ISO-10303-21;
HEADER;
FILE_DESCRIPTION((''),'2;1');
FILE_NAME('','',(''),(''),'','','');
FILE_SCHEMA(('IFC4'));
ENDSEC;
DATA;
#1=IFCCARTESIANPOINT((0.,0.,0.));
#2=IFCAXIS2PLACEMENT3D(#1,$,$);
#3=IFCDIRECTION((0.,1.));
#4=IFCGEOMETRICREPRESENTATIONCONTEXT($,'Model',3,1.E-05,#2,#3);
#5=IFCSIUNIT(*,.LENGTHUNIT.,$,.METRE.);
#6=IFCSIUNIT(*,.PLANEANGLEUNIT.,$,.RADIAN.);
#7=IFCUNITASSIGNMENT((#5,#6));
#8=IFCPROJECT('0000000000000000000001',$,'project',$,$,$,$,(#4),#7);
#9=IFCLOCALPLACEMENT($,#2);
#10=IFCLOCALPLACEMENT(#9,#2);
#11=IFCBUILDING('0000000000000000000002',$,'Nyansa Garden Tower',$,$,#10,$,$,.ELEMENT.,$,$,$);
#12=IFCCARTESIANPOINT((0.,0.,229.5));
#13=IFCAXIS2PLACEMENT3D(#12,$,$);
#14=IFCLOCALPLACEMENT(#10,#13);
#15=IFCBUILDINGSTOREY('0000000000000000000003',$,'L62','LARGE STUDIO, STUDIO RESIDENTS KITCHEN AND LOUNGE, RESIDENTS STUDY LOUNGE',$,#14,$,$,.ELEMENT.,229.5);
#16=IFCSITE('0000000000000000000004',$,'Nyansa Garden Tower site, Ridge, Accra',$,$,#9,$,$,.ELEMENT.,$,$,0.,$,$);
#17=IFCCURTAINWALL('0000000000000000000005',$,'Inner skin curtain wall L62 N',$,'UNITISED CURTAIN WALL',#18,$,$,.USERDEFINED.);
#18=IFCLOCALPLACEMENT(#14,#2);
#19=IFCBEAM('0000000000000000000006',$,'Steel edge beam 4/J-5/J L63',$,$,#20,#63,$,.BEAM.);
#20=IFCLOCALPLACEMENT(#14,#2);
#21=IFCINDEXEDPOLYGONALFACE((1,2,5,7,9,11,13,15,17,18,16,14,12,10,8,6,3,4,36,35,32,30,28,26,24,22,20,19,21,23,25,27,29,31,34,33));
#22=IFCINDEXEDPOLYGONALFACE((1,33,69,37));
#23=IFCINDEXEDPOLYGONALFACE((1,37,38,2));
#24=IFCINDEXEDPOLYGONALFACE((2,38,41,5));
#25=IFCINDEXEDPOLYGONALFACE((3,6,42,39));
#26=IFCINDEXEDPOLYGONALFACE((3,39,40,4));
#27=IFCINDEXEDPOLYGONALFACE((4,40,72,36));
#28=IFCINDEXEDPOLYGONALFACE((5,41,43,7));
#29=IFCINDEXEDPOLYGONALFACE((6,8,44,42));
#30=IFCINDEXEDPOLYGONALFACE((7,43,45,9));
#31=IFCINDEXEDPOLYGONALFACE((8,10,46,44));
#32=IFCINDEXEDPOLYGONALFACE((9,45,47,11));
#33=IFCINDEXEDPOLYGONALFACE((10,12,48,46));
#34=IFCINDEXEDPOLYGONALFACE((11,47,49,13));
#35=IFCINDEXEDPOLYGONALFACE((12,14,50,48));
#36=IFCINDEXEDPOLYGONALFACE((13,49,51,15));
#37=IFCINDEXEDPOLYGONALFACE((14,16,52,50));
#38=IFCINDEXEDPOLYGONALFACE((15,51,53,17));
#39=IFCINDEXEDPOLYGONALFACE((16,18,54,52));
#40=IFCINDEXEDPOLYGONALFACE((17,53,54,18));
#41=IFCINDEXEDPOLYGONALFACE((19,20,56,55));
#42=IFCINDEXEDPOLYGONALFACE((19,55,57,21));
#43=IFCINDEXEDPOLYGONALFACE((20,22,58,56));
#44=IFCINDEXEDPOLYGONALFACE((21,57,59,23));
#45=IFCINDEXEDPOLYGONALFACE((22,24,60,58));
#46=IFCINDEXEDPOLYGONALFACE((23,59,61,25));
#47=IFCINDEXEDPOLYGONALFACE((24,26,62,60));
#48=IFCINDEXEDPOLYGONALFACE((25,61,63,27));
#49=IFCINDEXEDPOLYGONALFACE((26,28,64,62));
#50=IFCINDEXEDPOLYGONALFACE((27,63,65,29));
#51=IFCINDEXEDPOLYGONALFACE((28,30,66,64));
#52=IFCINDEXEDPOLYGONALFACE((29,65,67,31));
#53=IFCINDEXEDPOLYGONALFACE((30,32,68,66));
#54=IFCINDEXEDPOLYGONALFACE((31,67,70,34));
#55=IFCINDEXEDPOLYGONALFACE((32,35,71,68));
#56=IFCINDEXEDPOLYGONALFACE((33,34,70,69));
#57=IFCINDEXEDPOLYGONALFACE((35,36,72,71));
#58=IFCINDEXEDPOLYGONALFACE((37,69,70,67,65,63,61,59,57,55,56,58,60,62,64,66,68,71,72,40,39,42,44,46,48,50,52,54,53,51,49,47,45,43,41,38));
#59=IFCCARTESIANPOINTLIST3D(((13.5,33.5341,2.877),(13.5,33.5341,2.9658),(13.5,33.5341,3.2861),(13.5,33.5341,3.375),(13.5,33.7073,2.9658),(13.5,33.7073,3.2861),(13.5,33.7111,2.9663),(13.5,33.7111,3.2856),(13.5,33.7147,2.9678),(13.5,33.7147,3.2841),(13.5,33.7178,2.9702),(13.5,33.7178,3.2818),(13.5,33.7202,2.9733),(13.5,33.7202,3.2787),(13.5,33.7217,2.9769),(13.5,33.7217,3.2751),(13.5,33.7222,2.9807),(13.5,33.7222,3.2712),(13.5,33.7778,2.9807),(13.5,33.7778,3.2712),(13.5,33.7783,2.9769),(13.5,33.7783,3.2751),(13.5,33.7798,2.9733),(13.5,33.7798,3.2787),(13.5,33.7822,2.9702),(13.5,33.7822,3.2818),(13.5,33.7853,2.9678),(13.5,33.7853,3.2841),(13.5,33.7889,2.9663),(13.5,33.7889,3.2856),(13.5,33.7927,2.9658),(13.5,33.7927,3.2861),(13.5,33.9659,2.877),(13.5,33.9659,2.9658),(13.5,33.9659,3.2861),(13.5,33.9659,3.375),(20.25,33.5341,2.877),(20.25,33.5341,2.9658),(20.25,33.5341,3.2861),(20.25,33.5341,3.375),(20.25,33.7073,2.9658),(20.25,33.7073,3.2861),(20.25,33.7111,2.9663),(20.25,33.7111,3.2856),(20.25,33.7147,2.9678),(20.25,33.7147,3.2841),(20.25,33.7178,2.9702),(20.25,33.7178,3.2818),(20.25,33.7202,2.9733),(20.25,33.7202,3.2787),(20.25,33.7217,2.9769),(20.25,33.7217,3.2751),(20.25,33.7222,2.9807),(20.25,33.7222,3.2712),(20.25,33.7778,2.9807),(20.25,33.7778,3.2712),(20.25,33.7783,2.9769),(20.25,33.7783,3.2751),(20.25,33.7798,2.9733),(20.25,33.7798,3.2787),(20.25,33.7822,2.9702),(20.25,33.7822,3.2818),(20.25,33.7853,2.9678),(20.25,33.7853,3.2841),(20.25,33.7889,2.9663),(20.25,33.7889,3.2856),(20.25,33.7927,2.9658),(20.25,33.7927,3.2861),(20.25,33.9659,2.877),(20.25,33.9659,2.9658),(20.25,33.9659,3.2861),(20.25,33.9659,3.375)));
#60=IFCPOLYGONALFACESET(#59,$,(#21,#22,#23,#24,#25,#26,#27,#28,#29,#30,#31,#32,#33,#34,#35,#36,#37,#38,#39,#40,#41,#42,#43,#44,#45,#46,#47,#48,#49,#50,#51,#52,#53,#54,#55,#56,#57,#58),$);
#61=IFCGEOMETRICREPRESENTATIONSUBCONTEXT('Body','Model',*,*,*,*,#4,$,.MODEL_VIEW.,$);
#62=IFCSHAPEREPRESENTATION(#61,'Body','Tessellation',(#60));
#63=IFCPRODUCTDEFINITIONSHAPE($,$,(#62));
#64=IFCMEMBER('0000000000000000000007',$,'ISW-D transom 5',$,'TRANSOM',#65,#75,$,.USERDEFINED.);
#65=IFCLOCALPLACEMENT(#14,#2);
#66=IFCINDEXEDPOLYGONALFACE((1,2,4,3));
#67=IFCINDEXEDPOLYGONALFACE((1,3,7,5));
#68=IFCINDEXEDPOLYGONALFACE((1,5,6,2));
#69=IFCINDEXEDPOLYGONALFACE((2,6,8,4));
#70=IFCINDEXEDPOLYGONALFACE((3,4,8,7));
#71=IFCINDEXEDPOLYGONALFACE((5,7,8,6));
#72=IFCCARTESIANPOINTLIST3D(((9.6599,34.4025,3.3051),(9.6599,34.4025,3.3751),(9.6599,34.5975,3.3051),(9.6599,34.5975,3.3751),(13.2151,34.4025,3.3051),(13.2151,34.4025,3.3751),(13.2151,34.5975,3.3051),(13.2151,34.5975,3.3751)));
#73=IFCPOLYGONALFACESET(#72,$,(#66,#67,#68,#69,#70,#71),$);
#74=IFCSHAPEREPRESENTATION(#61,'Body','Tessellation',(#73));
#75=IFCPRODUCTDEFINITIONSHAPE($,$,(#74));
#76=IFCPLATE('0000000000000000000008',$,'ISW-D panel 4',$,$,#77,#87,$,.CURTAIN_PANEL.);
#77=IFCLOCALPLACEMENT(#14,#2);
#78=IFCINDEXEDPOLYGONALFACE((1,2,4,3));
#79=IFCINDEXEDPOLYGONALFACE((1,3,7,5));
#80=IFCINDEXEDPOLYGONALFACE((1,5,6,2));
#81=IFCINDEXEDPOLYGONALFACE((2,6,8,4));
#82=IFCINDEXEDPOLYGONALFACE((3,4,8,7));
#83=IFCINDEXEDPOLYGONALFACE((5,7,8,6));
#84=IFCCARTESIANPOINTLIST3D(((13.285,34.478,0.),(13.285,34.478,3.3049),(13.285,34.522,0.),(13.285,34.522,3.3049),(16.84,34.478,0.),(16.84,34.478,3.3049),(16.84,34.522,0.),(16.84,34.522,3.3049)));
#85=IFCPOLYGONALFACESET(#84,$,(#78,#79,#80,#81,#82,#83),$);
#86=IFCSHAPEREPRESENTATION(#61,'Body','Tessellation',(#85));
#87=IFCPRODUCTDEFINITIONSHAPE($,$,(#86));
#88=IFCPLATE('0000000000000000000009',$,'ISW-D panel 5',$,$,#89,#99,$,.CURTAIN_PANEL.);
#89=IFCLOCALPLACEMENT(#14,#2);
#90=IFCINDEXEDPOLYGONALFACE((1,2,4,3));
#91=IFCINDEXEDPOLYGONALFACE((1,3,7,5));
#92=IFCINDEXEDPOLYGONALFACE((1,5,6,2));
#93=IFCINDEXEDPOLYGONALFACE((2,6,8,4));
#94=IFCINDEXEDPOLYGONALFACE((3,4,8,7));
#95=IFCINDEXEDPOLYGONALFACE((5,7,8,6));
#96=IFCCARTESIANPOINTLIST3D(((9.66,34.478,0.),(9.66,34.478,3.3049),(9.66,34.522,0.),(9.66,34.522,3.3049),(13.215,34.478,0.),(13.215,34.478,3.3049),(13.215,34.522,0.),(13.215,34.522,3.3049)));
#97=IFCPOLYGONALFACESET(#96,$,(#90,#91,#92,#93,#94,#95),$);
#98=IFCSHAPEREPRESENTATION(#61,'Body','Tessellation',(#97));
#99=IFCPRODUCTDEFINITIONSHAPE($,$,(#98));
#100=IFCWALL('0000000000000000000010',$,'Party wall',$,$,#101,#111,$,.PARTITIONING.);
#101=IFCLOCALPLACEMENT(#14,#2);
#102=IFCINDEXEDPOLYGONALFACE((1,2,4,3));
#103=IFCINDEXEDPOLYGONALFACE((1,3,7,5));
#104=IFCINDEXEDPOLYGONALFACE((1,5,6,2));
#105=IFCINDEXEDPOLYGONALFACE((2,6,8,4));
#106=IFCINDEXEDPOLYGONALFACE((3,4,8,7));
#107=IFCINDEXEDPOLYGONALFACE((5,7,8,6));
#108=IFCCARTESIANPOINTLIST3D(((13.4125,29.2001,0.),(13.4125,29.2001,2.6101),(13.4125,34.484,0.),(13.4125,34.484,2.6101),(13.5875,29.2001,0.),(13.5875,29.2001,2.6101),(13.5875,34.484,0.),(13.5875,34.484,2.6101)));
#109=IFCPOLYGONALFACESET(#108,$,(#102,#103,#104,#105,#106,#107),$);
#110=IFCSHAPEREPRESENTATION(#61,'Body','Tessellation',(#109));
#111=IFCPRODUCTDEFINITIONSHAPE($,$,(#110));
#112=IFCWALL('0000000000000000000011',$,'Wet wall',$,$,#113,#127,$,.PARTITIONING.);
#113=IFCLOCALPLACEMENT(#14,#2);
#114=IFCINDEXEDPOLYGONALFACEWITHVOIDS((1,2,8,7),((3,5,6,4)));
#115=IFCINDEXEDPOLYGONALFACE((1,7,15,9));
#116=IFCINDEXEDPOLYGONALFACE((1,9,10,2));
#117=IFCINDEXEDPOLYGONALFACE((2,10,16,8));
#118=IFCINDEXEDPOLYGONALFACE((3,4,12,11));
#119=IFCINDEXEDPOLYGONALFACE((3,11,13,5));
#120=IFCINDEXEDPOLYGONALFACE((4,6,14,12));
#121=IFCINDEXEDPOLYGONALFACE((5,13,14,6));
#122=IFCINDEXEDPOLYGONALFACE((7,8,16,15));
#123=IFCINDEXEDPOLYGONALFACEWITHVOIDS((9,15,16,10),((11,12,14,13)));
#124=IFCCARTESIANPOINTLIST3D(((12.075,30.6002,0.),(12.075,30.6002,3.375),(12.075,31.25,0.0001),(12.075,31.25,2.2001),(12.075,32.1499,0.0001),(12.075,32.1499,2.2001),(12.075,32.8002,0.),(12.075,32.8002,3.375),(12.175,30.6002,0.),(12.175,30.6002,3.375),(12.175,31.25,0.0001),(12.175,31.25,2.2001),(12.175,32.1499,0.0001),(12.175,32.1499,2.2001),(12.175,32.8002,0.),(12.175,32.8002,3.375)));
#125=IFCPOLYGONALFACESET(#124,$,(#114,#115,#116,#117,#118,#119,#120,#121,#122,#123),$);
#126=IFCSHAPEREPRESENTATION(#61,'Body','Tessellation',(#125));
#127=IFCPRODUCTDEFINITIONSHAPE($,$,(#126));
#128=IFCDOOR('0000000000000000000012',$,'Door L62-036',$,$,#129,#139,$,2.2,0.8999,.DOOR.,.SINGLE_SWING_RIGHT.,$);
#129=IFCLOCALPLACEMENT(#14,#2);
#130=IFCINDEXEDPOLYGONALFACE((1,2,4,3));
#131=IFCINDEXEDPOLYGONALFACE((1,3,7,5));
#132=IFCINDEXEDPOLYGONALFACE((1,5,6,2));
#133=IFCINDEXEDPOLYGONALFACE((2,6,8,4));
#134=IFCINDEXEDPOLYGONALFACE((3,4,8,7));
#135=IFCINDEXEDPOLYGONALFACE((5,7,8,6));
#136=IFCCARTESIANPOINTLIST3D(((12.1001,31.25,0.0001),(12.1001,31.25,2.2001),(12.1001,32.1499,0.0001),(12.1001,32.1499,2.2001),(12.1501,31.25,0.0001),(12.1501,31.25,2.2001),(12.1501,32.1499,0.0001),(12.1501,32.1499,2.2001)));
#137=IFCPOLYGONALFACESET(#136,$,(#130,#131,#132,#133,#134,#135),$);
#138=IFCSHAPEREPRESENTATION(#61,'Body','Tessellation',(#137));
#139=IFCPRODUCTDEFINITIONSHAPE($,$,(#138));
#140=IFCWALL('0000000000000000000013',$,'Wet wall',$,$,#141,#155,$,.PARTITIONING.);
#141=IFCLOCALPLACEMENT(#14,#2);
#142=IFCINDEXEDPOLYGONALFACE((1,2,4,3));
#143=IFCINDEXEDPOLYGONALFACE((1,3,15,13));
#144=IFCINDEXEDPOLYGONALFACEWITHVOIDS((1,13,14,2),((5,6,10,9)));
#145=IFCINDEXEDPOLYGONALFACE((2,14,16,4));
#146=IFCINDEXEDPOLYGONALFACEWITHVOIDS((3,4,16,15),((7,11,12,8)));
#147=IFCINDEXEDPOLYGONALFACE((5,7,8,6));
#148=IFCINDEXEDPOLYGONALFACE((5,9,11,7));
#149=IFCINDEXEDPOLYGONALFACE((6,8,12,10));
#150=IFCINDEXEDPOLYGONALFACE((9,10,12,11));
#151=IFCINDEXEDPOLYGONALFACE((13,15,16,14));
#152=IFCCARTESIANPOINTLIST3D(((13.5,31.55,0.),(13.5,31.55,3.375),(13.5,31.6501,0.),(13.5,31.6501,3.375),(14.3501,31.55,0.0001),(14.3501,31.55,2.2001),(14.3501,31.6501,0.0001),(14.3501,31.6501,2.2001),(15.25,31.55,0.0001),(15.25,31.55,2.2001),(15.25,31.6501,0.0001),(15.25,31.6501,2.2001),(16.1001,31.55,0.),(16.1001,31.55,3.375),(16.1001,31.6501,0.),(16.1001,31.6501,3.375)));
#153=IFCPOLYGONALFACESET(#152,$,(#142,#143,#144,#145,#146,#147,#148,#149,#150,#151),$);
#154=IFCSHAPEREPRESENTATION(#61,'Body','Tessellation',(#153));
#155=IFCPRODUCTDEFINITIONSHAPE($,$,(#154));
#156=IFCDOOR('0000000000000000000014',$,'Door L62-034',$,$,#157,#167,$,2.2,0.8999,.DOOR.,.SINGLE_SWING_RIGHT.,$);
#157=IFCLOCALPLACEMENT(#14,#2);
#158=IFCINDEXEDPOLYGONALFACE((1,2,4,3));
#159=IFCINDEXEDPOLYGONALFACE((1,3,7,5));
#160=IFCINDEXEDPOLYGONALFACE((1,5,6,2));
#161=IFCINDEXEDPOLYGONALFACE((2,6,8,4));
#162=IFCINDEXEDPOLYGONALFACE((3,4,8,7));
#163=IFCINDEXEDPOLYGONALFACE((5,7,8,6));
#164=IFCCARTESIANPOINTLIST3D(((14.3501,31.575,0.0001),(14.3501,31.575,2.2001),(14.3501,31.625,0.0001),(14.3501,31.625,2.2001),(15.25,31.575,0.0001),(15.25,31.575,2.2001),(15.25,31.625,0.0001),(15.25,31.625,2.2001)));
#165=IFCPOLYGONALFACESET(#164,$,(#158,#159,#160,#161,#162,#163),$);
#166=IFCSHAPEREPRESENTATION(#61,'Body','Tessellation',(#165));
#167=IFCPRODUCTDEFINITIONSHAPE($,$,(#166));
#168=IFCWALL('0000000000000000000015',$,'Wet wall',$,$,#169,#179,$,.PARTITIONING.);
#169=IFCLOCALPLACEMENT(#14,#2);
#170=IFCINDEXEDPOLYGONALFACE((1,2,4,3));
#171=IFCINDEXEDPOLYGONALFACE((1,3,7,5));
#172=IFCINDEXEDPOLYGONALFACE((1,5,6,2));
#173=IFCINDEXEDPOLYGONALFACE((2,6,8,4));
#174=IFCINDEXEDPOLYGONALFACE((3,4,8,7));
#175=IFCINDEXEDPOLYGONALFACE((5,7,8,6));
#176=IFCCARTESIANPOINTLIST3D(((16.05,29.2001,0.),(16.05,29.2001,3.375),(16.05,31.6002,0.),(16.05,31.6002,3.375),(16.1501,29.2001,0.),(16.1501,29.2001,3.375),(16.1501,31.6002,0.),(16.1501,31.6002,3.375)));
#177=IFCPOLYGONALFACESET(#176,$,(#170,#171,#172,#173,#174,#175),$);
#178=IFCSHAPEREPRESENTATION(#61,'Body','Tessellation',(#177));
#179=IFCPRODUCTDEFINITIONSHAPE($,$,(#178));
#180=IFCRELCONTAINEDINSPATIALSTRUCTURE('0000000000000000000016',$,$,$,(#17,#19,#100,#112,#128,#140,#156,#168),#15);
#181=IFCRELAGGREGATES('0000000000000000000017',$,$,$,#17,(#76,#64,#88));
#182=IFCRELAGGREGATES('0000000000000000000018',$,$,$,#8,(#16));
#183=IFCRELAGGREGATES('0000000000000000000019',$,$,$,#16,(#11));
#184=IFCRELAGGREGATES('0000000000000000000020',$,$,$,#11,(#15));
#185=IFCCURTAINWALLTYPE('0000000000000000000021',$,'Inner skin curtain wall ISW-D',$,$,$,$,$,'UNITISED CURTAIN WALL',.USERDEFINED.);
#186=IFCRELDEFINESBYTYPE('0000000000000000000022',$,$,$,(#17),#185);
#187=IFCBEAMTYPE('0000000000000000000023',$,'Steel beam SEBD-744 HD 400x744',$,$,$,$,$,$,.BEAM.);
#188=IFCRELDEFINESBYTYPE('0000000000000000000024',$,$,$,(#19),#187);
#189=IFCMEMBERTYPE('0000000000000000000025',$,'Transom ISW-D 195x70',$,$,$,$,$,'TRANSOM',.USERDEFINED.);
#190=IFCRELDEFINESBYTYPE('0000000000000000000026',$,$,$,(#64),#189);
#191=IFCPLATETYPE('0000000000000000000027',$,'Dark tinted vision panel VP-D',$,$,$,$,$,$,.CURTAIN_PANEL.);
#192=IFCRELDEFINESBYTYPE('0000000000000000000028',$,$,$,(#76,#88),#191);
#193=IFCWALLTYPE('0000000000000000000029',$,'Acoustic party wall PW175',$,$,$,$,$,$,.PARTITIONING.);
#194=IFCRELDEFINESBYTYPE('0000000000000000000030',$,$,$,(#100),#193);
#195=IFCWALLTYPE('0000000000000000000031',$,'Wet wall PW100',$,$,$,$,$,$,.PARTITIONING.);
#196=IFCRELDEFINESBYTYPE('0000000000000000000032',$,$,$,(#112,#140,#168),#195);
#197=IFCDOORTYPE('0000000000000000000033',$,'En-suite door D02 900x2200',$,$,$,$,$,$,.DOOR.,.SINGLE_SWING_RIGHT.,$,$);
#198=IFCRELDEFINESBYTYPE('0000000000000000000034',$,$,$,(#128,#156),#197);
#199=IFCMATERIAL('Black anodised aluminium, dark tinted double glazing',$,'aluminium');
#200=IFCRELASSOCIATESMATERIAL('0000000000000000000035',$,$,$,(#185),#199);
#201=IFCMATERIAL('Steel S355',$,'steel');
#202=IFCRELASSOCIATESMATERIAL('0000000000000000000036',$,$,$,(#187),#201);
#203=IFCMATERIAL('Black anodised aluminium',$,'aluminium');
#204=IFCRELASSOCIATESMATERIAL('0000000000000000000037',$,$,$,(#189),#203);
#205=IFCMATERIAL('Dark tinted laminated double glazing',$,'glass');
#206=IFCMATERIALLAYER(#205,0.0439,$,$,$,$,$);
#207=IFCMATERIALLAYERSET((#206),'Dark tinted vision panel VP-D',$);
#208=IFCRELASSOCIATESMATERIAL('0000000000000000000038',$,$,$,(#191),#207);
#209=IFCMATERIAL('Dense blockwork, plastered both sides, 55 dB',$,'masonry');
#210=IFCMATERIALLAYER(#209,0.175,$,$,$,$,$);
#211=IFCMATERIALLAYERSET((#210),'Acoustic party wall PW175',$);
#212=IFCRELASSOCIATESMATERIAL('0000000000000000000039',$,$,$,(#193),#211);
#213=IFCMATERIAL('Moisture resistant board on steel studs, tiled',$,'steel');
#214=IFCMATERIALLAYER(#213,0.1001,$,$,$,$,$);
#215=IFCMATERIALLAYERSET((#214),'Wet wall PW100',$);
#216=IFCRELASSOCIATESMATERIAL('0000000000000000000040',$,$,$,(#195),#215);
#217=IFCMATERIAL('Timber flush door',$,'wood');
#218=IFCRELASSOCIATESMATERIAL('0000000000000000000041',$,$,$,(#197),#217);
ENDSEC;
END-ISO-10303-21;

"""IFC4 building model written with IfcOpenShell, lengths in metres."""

from ifc_helpers import new_model, si_unit, direction, frame, frame_2d, origin, origin_2d, place, context, subcontext, project, spatial, rectangle, i_section, extrude, material, layer, layer_set, material_profile, profile_set, type_object, element, fill, aggregate, save


model = new_model("IFC4")

# Units and contexts
model_context = context("Model", 3, precision=1e-05, world=origin(), true_north=direction((0.0, 1.0)))
body_context = subcontext(model_context, "Body", "Model", "MODEL_VIEW")
ifc_project = project(units=[si_unit("LENGTHUNIT", "METRE"), si_unit("PLANEANGLEUNIT", "RADIAN")], contexts=[model_context])

# Site, building, storey
site_placement = place(None, origin())
site = spatial("IfcSite", under=ifc_project, at=site_placement, Name="Nyansa Garden Tower site, Ridge, Accra", CompositionType="ELEMENT", RefElevation=0.0)
building_placement = place(site_placement, origin())
building = spatial("IfcBuilding", under=site, at=building_placement, Name="Nyansa Garden Tower", CompositionType="ELEMENT")
storey_placement = place(building_placement, frame((0.0, 0.0, 229.5)))
storey = spatial("IfcBuildingStorey", under=building, at=storey_placement, Name="L62", Description="LARGE STUDIO, STUDIO RESIDENTS KITCHEN AND LOUNGE, RESIDENTS STUDY LOUNGE", CompositionType="ELEMENT", Elevation=229.5)

# Curtain wall
ifc_material_1 = material(Name="Black anodised aluminium, dark tinted double glazing", Category="aluminium")
curtain_wall_type = type_object("IfcCurtainWallType", Name="Inner skin curtain wall ISW-D", ElementType="UNITISED CURTAIN WALL", PredefinedType="USERDEFINED", material=ifc_material_1)
curtain_wall_placement = place(storey_placement, origin())
curtain_wall = element("IfcCurtainWall", 1, at=curtain_wall_placement, inside=storey, type_object=curtain_wall_type, Name="Inner skin curtain wall L62 N", ObjectType="UNITISED CURTAIN WALL", PredefinedType="USERDEFINED")

# Beam
ifc_material_2 = material(Name="Steel S355", Category="steel")
ifc_material_profile_1 = material_profile(ifc_material_2, i_section(OverallWidth=0.4319, OverallDepth=0.498, WebThickness=0.0557, FlangeThickness=0.0889, FilletRadius=0.0149, at=origin_2d()), Name="HD 400x744")
ifc_profile_set_1 = profile_set([ifc_material_profile_1], Name="Steel S355")
beam_type_1 = type_object("IfcBeamType", Name="Steel beam SEBD-744 HD 400x744", PredefinedType="BEAM", material=ifc_profile_set_1)
beam_1_placement = place(storey_placement, frame((13.5, 33.75, 3.126), z_axis=(1.0, 0.0, 0.0), x_axis=(0.0, 1.0, 0.0)))
element("IfcBeam", 2, at=beam_1_placement, inside=storey, type_object=beam_type_1, Name="Steel edge beam 4/J-5/J L63", PredefinedType="BEAM", context=body_context, shape_type="SweptSolid", body=[
    extrude(i_section(OverallWidth=0.4319, OverallDepth=0.498, WebThickness=0.0557, FlangeThickness=0.0889, FilletRadius=0.0149, at=origin_2d()), origin(), (0.0, 0.0, 1.0), 6.75),
])

# Member
ifc_material_3 = material(Name="Black anodised aluminium", Category="aluminium")
ifc_material_profile_2 = material_profile(ifc_material_3, rectangle(XDim=0.1951, YDim=0.0701, at=origin_2d()), Name="Transom 195x70")
ifc_profile_set_2 = profile_set([ifc_material_profile_2], Name="Black anodised aluminium")
member_type_1 = type_object("IfcMemberType", Name="Transom ISW-D 195x70", ElementType="TRANSOM", PredefinedType="USERDEFINED", material=ifc_profile_set_2)
member_1_placement = place(storey_placement, frame((13.2151, 34.5, 3.3401), z_axis=(-1.0, 0.0, 0.0), x_axis=(0.0, -1.0, 0.0)))
member_1 = element("IfcMember", 3, at=member_1_placement, type_object=member_type_1, Name="ISW-D transom 5", ObjectType="TRANSOM", PredefinedType="USERDEFINED", context=body_context, shape_type="SweptSolid", body=[
    extrude(rectangle(XDim=0.1951, YDim=0.0701, at=origin_2d()), origin(), (0.0, 0.0, 1.0), 3.5552),
])

# Plates
ifc_material_4 = material(Name="Dark tinted laminated double glazing", Category="glass")
ifc_layer_1 = layer(ifc_material_4, 0.0439)
ifc_layer_set_1 = layer_set([ifc_layer_1], Name="Dark tinted vision panel VP-D")
plate_type = type_object("IfcPlateType", Name="Dark tinted vision panel VP-D", PredefinedType="CURTAIN_PANEL", material=ifc_layer_set_1)
plate_1_placement = place(storey_placement, frame((15.0625, 34.5, 0.0), z_axis=(0.0, 0.0, 1.0), x_axis=(-1.0, 0.0, 0.0)))
plate_1 = element("IfcPlate", 4, at=plate_1_placement, type_object=plate_type, Name="ISW-D panel 4", PredefinedType="CURTAIN_PANEL", context=body_context, shape_type="SweptSolid", body=[
    extrude(rectangle(XDim=3.5549, YDim=0.0439, at=origin_2d()), origin(), (0.0, 0.0, 1.0), 3.3049),
])
plate_2_placement = place(storey_placement, frame((11.4375, 34.5, 0.0), z_axis=(0.0, 0.0, 1.0), x_axis=(-1.0, 0.0, 0.0)))
plate_2 = element("IfcPlate", 5, at=plate_2_placement, type_object=plate_type, Name="ISW-D panel 5", PredefinedType="CURTAIN_PANEL", context=body_context, shape_type="SweptSolid", body=[
    extrude(rectangle(XDim=3.5549, YDim=0.0439, at=origin_2d()), origin(), (0.0, 0.0, 1.0), 3.3049),
])
aggregate(curtain_wall, [plate_1, member_1, plate_2])

# Wall
ifc_material_5 = material(Name="Dense blockwork, plastered both sides, 55 dB", Category="masonry")
ifc_layer_2 = layer(ifc_material_5, 0.175)
ifc_layer_set_2 = layer_set([ifc_layer_2], Name="Acoustic party wall PW175")
wall_type_1 = type_object("IfcWallType", Name="Acoustic party wall PW175", PredefinedType="PARTITIONING", material=ifc_layer_set_2)
wall_1_placement = place(storey_placement, frame((13.5, 29.2, 0.0), z_axis=(0.0, 0.0, 1.0), x_axis=(0.0, 1.0, 0.0)))
element("IfcWall", 6, at=wall_1_placement, inside=storey, type_object=wall_type_1, Name="Party wall", PredefinedType="PARTITIONING", context=body_context, shape_type="SweptSolid", body=[
    extrude(rectangle(XDim=5.2839, YDim=0.175, at=frame_2d((2.6421, 0.0))), origin(), (0.0, 0.0, 1.0), 2.6101),
])

# Walls, openings, doors
ifc_material_6 = material(Name="Moisture resistant board on steel studs, tiled", Category="steel")
ifc_layer_3 = layer(ifc_material_6, 0.1001)
ifc_layer_set_3 = layer_set([ifc_layer_3], Name="Wet wall PW100")
wall_type_2 = type_object("IfcWallType", Name="Wet wall PW100", PredefinedType="PARTITIONING", material=ifc_layer_set_3)
wall_2_placement = place(storey_placement, frame((12.125, 30.6001, 0.0), z_axis=(0.0, 0.0, 1.0), x_axis=(0.0, 1.0, 0.0)))
wall_2 = element("IfcWall", 7, at=wall_2_placement, inside=storey, type_object=wall_type_2, Name="Wet wall", PredefinedType="PARTITIONING", context=body_context, shape_type="SweptSolid", body=[
    extrude(rectangle(XDim=2.2, YDim=0.1001, at=frame_2d((1.1001, 0.0))), origin(), (0.0, 0.0, 1.0), 3.375),
])
opening_1_placement = place(wall_2_placement, frame((0.6499, 0.0, 0.0)))
opening_1 = element("IfcOpeningElement", 8, at=opening_1_placement, cuts=wall_2, PredefinedType="OPENING", context=body_context, shape_type="SweptSolid", body=[
    extrude(rectangle(XDim=0.8999, YDim=2.2, at=frame_2d((0.45, 1.1001))), frame((0.0, 0.0601, 0.0), z_axis=(0.0, -1.0, 0.0), x_axis=(1.0, 0.0, 0.0)), (0.0, 0.0, 1.0), 0.1201),
])
ifc_material_7 = material(Name="Timber flush door", Category="wood")
door_type = type_object("IfcDoorType", Name="En-suite door D02 900x2200", OperationType="SINGLE_SWING_RIGHT", PredefinedType="DOOR", material=ifc_material_7)
door_1_placement = place(opening_1_placement, origin())
door_1 = element("IfcDoor", 9, at=door_1_placement, inside=storey, type_object=door_type, Name="Door L62-036", OperationType="SINGLE_SWING_RIGHT", OverallHeight=2.2, OverallWidth=0.8999, PredefinedType="DOOR", context=body_context, shape_type="SweptSolid", body=[
    extrude(rectangle(XDim=0.8999, YDim=2.2, at=frame_2d((0.45, 1.1001))), frame((0.0, 0.0249, 0.0), z_axis=(0.0, -1.0, 0.0), x_axis=(1.0, 0.0, 0.0)), (0.0, 0.0, 1.0), 0.05),
])
fill(opening_1, door_1)
wall_3_placement = place(storey_placement, frame((13.5, 31.6001, 0.0), z_axis=(0.0, 0.0, 1.0), x_axis=(1.0, 0.0, 0.0)))
wall_3 = element("IfcWall", 10, at=wall_3_placement, inside=storey, type_object=wall_type_2, Name="Wet wall", PredefinedType="PARTITIONING", context=body_context, shape_type="SweptSolid", body=[
    extrude(rectangle(XDim=2.6001, YDim=0.1001, at=frame_2d((1.3, 0.0))), origin(), (0.0, 0.0, 1.0), 3.375),
])
opening_2_placement = place(wall_3_placement, frame((0.8501, 0.0, 0.0)))
opening_2 = element("IfcOpeningElement", 11, at=opening_2_placement, cuts=wall_3, PredefinedType="OPENING", context=body_context, shape_type="SweptSolid", body=[
    extrude(rectangle(XDim=0.8999, YDim=2.2, at=frame_2d((0.45, 1.1001))), frame((0.0, 0.0601, 0.0), z_axis=(0.0, -1.0, 0.0), x_axis=(1.0, 0.0, 0.0)), (0.0, 0.0, 1.0), 0.1201),
])
door_2_placement = place(opening_2_placement, origin())
door_2 = element("IfcDoor", 12, at=door_2_placement, inside=storey, type_object=door_type, Name="Door L62-034", OperationType="SINGLE_SWING_RIGHT", OverallHeight=2.2, OverallWidth=0.8999, PredefinedType="DOOR", context=body_context, shape_type="SweptSolid", body=[
    extrude(rectangle(XDim=0.8999, YDim=2.2, at=frame_2d((0.45, 1.1001))), frame((0.0, 0.0249, 0.0), z_axis=(0.0, -1.0, 0.0), x_axis=(1.0, 0.0, 0.0)), (0.0, 0.0, 1.0), 0.05),
])
fill(opening_2, door_2)

# Wall
wall_4_placement = place(storey_placement, frame((16.1001, 29.2, 0.0), z_axis=(0.0, 0.0, 1.0), x_axis=(0.0, 1.0, 0.0)))
element("IfcWall", 13, at=wall_4_placement, inside=storey, type_object=wall_type_2, Name="Wet wall", PredefinedType="PARTITIONING", context=body_context, shape_type="SweptSolid", body=[
    extrude(rectangle(XDim=2.4001, YDim=0.1001, at=frame_2d((1.2002, 0.0))), origin(), (0.0, 0.0, 1.0), 3.375),
])

save(model, "model.ifc")
